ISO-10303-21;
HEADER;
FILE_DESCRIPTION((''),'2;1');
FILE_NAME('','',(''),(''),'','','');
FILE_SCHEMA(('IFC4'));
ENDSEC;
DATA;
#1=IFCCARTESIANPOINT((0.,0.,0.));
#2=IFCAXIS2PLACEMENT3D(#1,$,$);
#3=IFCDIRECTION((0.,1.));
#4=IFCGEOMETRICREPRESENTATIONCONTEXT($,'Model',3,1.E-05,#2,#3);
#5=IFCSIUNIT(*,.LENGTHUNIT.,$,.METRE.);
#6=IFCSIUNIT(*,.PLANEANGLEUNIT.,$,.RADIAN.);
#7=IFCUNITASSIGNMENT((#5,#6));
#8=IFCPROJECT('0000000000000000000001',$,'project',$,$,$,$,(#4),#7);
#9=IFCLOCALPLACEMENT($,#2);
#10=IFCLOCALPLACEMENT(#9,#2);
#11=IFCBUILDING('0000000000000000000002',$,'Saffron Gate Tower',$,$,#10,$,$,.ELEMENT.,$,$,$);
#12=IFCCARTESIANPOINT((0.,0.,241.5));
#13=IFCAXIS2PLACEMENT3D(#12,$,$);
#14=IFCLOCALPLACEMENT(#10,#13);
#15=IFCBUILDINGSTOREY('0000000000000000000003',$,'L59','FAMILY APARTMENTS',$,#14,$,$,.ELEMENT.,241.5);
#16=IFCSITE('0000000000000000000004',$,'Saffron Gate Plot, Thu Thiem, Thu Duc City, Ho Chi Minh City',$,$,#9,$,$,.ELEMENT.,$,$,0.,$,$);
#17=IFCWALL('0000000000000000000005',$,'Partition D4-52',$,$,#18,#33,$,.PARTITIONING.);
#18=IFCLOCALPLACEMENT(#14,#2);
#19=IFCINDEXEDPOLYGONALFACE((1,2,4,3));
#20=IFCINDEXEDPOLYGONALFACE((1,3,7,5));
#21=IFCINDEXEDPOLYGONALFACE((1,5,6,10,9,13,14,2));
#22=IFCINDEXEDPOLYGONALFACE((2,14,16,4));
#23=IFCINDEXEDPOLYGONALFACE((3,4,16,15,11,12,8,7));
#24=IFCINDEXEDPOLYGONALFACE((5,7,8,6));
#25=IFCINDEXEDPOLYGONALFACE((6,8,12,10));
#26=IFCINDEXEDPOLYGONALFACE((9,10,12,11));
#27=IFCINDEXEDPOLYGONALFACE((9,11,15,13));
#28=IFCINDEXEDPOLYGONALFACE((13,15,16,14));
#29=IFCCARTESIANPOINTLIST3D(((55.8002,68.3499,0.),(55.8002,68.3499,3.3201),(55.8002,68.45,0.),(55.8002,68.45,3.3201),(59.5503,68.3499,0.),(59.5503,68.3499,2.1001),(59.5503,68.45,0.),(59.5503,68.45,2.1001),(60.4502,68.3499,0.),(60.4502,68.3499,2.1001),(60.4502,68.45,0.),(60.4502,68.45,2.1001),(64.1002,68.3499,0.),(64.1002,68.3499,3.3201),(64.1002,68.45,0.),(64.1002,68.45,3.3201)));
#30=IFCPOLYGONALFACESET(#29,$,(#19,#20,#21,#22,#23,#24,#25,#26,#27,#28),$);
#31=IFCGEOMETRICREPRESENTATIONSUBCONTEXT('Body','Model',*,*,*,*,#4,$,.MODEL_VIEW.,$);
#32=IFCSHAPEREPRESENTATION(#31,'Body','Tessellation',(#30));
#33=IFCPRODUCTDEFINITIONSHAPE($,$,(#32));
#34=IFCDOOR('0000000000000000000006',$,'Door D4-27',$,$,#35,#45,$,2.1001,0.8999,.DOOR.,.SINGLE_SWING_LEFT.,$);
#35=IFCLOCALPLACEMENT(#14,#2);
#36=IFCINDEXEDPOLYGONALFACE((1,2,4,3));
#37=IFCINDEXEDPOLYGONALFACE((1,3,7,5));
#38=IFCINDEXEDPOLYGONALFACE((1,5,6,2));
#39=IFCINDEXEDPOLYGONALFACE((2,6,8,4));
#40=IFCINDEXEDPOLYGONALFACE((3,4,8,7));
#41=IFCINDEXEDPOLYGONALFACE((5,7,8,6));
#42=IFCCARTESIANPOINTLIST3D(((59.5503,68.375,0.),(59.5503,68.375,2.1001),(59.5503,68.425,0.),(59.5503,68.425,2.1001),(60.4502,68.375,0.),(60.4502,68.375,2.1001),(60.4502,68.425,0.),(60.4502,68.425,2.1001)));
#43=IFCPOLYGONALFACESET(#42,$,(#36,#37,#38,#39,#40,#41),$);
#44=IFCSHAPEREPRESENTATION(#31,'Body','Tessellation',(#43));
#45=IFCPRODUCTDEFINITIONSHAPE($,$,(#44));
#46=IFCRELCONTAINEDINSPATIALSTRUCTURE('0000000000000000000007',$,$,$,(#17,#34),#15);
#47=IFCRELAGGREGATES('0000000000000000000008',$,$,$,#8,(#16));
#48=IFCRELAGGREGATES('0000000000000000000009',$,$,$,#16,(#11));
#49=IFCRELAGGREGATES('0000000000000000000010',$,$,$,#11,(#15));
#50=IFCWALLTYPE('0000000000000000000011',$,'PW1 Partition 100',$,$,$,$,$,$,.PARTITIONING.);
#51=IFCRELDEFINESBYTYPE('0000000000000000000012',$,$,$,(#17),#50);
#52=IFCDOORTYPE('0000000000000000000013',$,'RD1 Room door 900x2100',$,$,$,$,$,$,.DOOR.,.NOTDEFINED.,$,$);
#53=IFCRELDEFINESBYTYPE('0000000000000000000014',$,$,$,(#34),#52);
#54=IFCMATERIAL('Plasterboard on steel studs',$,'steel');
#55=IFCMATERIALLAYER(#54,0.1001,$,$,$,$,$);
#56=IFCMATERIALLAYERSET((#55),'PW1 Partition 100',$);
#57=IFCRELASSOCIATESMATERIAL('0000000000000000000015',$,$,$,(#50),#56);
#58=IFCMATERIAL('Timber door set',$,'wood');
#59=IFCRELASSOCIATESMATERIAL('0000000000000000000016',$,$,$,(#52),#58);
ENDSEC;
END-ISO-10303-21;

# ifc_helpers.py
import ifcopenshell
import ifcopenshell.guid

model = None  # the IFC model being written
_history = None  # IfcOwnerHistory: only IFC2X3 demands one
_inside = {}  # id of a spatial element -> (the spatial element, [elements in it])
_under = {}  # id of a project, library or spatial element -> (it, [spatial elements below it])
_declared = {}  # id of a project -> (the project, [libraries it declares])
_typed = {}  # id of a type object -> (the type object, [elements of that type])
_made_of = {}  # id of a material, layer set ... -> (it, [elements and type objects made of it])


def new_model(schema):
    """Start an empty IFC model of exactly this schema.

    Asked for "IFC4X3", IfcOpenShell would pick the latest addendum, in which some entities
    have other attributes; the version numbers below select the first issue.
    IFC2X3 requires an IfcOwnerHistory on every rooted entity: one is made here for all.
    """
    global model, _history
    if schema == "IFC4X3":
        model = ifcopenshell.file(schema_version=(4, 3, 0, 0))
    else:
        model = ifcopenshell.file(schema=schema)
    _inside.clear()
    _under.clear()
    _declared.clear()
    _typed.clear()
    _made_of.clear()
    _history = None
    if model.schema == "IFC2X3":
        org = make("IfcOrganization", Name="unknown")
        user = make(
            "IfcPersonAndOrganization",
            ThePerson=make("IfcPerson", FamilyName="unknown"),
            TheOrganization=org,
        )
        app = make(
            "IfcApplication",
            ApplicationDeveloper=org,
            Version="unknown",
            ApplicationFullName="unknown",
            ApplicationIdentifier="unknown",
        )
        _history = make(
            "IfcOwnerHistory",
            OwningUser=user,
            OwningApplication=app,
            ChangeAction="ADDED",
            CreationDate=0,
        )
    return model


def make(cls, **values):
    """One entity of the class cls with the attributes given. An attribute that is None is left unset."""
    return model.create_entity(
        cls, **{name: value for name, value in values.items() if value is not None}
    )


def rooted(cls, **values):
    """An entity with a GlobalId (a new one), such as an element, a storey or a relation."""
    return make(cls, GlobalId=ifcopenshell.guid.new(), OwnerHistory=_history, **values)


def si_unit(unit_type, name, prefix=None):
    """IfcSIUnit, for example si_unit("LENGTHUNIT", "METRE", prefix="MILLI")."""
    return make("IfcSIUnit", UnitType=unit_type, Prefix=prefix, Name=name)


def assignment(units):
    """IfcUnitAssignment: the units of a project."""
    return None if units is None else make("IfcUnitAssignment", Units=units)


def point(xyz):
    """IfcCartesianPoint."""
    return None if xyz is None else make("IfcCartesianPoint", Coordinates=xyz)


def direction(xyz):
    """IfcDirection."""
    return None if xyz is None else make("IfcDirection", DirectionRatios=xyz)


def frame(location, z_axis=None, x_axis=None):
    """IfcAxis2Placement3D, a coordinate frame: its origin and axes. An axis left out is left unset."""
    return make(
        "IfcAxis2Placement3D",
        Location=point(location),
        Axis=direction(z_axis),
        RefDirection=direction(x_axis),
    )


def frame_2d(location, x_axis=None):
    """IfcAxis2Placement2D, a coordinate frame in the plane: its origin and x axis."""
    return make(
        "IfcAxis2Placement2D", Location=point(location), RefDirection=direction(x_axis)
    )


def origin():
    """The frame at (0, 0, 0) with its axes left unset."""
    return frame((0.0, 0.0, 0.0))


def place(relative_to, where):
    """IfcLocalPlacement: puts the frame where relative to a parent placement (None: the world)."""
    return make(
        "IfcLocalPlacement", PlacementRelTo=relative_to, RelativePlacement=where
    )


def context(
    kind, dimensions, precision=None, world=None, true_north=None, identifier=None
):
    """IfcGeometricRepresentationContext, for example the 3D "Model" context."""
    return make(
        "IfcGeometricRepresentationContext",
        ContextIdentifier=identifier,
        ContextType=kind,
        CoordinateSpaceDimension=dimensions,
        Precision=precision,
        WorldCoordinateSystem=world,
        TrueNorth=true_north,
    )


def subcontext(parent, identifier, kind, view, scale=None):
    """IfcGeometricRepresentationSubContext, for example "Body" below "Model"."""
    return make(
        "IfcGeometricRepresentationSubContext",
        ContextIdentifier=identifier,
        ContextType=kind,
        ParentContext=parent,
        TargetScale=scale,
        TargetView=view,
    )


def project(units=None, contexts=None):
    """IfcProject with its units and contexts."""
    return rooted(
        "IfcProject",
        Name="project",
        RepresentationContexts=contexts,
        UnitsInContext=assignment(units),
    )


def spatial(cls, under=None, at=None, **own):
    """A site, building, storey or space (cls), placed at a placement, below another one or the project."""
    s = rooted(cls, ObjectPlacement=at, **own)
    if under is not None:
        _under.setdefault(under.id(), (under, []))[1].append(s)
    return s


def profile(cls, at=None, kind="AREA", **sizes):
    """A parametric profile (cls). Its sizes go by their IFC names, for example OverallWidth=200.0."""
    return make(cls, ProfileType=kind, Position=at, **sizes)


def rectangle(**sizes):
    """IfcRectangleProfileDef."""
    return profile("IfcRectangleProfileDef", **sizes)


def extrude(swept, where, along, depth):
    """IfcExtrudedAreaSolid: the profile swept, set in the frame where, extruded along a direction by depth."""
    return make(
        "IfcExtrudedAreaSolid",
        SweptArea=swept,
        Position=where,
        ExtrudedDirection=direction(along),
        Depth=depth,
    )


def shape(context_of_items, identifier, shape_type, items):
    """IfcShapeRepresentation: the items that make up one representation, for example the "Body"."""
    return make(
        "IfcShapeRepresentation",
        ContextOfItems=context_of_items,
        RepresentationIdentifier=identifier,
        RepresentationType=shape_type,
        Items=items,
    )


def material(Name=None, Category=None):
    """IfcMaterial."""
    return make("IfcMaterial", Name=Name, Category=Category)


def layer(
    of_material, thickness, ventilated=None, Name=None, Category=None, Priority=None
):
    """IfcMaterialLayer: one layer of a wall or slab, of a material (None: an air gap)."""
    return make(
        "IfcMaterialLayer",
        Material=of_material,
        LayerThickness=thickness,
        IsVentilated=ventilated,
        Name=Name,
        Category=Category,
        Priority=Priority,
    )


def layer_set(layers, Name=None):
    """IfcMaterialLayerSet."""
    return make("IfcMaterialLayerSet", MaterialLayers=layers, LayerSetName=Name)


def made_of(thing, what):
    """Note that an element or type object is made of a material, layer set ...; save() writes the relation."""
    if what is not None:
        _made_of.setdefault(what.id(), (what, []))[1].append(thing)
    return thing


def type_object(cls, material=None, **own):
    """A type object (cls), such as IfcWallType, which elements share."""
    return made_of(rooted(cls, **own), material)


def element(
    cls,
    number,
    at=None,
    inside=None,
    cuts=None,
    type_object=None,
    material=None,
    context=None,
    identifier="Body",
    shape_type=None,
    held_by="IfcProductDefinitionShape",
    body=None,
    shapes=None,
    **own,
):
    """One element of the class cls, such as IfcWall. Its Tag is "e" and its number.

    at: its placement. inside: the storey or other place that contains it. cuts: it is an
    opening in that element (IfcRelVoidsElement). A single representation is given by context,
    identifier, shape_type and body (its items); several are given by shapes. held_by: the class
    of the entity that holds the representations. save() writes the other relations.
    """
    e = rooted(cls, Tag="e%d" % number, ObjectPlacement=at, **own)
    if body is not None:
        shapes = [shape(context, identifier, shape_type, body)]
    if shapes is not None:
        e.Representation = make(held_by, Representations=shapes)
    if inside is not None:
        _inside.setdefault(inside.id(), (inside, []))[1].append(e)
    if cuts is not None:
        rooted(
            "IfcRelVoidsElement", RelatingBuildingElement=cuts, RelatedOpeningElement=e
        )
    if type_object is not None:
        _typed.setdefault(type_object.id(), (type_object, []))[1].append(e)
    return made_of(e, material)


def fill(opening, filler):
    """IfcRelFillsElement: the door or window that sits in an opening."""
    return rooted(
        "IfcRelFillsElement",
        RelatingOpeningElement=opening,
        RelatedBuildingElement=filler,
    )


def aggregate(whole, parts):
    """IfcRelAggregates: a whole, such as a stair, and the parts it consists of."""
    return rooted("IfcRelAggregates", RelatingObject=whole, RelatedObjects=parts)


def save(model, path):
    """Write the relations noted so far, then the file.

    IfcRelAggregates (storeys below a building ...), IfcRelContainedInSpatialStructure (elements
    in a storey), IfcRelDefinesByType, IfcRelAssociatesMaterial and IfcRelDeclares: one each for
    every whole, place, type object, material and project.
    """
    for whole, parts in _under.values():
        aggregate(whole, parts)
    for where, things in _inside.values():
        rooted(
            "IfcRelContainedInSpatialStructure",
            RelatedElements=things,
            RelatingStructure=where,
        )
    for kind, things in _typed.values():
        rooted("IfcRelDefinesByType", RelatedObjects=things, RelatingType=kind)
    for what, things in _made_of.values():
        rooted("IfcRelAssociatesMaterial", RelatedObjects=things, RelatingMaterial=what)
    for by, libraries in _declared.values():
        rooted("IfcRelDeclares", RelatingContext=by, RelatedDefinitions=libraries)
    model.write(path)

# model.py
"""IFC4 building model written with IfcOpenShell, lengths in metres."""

from ifc_helpers import new_model, si_unit, direction, frame, frame_2d, origin, place, context, subcontext, project, spatial, rectangle, extrude, material, layer, layer_set, type_object, element, fill, save


model = new_model("IFC4")

# Units and contexts
model_context = context("Model", 3, precision=1e-05, world=origin(), true_north=direction((0.0, 1.0)))
body_context = subcontext(model_context, "Body", "Model", "MODEL_VIEW")
ifc_project = project(units=[si_unit("LENGTHUNIT", "METRE"), si_unit("PLANEANGLEUNIT", "RADIAN")], contexts=[model_context])

# Site, building, storey
site_placement = place(None, origin())
site = spatial("IfcSite", under=ifc_project, at=site_placement, Name="Saffron Gate Plot, Thu Thiem, Thu Duc City, Ho Chi Minh City", CompositionType="ELEMENT", RefElevation=0.0)
building_placement = place(site_placement, origin())
building = spatial("IfcBuilding", under=site, at=building_placement, Name="Saffron Gate Tower", CompositionType="ELEMENT")
storey_placement = place(building_placement, frame((0.0, 0.0, 241.5)))
storey = spatial("IfcBuildingStorey", under=building, at=storey_placement, Name="L59", Description="FAMILY APARTMENTS", CompositionType="ELEMENT", Elevation=241.5)

# Wall, opening, door
ifc_material_1 = material(Name="Plasterboard on steel studs", Category="steel")
ifc_layer_1 = layer(ifc_material_1, 0.1001)
ifc_layer_set_1 = layer_set([ifc_layer_1], Name="PW1 Partition 100")
wall_type_1 = type_object("IfcWallType", Name="PW1 Partition 100", PredefinedType="PARTITIONING", material=ifc_layer_set_1)
wall_1_placement = place(storey_placement, frame((64.1001, 68.3999, 0.0), z_axis=(0.0, 0.0, 1.0), x_axis=(-1.0, 0.0, 0.0)))
wall_1 = element("IfcWall", 1, at=wall_1_placement, inside=storey, type_object=wall_type_1, Name="Partition D4-52", PredefinedType="PARTITIONING", context=body_context, shape_type="SweptSolid", body=[
    extrude(rectangle(XDim=8.3, YDim=0.1001, at=frame_2d((4.1499, 0.0))), origin(), (0.0, 0.0, 1.0), 3.3201),
])
opening_1_placement = place(wall_1_placement, frame((3.6499, 0.0, 0.0)))
opening_1 = element("IfcOpeningElement", 2, at=opening_1_placement, cuts=wall_1, PredefinedType="OPENING", context=body_context, shape_type="SweptSolid", body=[
    extrude(rectangle(XDim=0.8999, YDim=2.1001, at=frame_2d((0.45, 1.05))), frame((0.0, 0.0601, 0.0), z_axis=(0.0, -1.0, 0.0), x_axis=(1.0, 0.0, 0.0)), (0.0, 0.0, 1.0), 0.1201),
])
ifc_material_2 = material(Name="Timber door set", Category="wood")
door_type_1 = type_object("IfcDoorType", Name="RD1 Room door 900x2100", OperationType="NOTDEFINED", PredefinedType="DOOR", material=ifc_material_2)
door_1_placement = place(opening_1_placement, origin())
door_1 = element("IfcDoor", 3, at=door_1_placement, inside=storey, type_object=door_type_1, Name="Door D4-27", OperationType="SINGLE_SWING_LEFT", OverallHeight=2.1001, OverallWidth=0.8999, PredefinedType="DOOR", context=body_context, shape_type="SweptSolid", body=[
    extrude(rectangle(XDim=0.8999, YDim=2.1001, at=frame_2d((0.45, 1.05))), frame((0.0, 0.0249, 0.0), z_axis=(0.0, -1.0, 0.0), x_axis=(1.0, 0.0, 0.0)), (0.0, 0.0, 1.0), 0.05),
])
fill(opening_1, door_1)

save(model, "model.ifc")
